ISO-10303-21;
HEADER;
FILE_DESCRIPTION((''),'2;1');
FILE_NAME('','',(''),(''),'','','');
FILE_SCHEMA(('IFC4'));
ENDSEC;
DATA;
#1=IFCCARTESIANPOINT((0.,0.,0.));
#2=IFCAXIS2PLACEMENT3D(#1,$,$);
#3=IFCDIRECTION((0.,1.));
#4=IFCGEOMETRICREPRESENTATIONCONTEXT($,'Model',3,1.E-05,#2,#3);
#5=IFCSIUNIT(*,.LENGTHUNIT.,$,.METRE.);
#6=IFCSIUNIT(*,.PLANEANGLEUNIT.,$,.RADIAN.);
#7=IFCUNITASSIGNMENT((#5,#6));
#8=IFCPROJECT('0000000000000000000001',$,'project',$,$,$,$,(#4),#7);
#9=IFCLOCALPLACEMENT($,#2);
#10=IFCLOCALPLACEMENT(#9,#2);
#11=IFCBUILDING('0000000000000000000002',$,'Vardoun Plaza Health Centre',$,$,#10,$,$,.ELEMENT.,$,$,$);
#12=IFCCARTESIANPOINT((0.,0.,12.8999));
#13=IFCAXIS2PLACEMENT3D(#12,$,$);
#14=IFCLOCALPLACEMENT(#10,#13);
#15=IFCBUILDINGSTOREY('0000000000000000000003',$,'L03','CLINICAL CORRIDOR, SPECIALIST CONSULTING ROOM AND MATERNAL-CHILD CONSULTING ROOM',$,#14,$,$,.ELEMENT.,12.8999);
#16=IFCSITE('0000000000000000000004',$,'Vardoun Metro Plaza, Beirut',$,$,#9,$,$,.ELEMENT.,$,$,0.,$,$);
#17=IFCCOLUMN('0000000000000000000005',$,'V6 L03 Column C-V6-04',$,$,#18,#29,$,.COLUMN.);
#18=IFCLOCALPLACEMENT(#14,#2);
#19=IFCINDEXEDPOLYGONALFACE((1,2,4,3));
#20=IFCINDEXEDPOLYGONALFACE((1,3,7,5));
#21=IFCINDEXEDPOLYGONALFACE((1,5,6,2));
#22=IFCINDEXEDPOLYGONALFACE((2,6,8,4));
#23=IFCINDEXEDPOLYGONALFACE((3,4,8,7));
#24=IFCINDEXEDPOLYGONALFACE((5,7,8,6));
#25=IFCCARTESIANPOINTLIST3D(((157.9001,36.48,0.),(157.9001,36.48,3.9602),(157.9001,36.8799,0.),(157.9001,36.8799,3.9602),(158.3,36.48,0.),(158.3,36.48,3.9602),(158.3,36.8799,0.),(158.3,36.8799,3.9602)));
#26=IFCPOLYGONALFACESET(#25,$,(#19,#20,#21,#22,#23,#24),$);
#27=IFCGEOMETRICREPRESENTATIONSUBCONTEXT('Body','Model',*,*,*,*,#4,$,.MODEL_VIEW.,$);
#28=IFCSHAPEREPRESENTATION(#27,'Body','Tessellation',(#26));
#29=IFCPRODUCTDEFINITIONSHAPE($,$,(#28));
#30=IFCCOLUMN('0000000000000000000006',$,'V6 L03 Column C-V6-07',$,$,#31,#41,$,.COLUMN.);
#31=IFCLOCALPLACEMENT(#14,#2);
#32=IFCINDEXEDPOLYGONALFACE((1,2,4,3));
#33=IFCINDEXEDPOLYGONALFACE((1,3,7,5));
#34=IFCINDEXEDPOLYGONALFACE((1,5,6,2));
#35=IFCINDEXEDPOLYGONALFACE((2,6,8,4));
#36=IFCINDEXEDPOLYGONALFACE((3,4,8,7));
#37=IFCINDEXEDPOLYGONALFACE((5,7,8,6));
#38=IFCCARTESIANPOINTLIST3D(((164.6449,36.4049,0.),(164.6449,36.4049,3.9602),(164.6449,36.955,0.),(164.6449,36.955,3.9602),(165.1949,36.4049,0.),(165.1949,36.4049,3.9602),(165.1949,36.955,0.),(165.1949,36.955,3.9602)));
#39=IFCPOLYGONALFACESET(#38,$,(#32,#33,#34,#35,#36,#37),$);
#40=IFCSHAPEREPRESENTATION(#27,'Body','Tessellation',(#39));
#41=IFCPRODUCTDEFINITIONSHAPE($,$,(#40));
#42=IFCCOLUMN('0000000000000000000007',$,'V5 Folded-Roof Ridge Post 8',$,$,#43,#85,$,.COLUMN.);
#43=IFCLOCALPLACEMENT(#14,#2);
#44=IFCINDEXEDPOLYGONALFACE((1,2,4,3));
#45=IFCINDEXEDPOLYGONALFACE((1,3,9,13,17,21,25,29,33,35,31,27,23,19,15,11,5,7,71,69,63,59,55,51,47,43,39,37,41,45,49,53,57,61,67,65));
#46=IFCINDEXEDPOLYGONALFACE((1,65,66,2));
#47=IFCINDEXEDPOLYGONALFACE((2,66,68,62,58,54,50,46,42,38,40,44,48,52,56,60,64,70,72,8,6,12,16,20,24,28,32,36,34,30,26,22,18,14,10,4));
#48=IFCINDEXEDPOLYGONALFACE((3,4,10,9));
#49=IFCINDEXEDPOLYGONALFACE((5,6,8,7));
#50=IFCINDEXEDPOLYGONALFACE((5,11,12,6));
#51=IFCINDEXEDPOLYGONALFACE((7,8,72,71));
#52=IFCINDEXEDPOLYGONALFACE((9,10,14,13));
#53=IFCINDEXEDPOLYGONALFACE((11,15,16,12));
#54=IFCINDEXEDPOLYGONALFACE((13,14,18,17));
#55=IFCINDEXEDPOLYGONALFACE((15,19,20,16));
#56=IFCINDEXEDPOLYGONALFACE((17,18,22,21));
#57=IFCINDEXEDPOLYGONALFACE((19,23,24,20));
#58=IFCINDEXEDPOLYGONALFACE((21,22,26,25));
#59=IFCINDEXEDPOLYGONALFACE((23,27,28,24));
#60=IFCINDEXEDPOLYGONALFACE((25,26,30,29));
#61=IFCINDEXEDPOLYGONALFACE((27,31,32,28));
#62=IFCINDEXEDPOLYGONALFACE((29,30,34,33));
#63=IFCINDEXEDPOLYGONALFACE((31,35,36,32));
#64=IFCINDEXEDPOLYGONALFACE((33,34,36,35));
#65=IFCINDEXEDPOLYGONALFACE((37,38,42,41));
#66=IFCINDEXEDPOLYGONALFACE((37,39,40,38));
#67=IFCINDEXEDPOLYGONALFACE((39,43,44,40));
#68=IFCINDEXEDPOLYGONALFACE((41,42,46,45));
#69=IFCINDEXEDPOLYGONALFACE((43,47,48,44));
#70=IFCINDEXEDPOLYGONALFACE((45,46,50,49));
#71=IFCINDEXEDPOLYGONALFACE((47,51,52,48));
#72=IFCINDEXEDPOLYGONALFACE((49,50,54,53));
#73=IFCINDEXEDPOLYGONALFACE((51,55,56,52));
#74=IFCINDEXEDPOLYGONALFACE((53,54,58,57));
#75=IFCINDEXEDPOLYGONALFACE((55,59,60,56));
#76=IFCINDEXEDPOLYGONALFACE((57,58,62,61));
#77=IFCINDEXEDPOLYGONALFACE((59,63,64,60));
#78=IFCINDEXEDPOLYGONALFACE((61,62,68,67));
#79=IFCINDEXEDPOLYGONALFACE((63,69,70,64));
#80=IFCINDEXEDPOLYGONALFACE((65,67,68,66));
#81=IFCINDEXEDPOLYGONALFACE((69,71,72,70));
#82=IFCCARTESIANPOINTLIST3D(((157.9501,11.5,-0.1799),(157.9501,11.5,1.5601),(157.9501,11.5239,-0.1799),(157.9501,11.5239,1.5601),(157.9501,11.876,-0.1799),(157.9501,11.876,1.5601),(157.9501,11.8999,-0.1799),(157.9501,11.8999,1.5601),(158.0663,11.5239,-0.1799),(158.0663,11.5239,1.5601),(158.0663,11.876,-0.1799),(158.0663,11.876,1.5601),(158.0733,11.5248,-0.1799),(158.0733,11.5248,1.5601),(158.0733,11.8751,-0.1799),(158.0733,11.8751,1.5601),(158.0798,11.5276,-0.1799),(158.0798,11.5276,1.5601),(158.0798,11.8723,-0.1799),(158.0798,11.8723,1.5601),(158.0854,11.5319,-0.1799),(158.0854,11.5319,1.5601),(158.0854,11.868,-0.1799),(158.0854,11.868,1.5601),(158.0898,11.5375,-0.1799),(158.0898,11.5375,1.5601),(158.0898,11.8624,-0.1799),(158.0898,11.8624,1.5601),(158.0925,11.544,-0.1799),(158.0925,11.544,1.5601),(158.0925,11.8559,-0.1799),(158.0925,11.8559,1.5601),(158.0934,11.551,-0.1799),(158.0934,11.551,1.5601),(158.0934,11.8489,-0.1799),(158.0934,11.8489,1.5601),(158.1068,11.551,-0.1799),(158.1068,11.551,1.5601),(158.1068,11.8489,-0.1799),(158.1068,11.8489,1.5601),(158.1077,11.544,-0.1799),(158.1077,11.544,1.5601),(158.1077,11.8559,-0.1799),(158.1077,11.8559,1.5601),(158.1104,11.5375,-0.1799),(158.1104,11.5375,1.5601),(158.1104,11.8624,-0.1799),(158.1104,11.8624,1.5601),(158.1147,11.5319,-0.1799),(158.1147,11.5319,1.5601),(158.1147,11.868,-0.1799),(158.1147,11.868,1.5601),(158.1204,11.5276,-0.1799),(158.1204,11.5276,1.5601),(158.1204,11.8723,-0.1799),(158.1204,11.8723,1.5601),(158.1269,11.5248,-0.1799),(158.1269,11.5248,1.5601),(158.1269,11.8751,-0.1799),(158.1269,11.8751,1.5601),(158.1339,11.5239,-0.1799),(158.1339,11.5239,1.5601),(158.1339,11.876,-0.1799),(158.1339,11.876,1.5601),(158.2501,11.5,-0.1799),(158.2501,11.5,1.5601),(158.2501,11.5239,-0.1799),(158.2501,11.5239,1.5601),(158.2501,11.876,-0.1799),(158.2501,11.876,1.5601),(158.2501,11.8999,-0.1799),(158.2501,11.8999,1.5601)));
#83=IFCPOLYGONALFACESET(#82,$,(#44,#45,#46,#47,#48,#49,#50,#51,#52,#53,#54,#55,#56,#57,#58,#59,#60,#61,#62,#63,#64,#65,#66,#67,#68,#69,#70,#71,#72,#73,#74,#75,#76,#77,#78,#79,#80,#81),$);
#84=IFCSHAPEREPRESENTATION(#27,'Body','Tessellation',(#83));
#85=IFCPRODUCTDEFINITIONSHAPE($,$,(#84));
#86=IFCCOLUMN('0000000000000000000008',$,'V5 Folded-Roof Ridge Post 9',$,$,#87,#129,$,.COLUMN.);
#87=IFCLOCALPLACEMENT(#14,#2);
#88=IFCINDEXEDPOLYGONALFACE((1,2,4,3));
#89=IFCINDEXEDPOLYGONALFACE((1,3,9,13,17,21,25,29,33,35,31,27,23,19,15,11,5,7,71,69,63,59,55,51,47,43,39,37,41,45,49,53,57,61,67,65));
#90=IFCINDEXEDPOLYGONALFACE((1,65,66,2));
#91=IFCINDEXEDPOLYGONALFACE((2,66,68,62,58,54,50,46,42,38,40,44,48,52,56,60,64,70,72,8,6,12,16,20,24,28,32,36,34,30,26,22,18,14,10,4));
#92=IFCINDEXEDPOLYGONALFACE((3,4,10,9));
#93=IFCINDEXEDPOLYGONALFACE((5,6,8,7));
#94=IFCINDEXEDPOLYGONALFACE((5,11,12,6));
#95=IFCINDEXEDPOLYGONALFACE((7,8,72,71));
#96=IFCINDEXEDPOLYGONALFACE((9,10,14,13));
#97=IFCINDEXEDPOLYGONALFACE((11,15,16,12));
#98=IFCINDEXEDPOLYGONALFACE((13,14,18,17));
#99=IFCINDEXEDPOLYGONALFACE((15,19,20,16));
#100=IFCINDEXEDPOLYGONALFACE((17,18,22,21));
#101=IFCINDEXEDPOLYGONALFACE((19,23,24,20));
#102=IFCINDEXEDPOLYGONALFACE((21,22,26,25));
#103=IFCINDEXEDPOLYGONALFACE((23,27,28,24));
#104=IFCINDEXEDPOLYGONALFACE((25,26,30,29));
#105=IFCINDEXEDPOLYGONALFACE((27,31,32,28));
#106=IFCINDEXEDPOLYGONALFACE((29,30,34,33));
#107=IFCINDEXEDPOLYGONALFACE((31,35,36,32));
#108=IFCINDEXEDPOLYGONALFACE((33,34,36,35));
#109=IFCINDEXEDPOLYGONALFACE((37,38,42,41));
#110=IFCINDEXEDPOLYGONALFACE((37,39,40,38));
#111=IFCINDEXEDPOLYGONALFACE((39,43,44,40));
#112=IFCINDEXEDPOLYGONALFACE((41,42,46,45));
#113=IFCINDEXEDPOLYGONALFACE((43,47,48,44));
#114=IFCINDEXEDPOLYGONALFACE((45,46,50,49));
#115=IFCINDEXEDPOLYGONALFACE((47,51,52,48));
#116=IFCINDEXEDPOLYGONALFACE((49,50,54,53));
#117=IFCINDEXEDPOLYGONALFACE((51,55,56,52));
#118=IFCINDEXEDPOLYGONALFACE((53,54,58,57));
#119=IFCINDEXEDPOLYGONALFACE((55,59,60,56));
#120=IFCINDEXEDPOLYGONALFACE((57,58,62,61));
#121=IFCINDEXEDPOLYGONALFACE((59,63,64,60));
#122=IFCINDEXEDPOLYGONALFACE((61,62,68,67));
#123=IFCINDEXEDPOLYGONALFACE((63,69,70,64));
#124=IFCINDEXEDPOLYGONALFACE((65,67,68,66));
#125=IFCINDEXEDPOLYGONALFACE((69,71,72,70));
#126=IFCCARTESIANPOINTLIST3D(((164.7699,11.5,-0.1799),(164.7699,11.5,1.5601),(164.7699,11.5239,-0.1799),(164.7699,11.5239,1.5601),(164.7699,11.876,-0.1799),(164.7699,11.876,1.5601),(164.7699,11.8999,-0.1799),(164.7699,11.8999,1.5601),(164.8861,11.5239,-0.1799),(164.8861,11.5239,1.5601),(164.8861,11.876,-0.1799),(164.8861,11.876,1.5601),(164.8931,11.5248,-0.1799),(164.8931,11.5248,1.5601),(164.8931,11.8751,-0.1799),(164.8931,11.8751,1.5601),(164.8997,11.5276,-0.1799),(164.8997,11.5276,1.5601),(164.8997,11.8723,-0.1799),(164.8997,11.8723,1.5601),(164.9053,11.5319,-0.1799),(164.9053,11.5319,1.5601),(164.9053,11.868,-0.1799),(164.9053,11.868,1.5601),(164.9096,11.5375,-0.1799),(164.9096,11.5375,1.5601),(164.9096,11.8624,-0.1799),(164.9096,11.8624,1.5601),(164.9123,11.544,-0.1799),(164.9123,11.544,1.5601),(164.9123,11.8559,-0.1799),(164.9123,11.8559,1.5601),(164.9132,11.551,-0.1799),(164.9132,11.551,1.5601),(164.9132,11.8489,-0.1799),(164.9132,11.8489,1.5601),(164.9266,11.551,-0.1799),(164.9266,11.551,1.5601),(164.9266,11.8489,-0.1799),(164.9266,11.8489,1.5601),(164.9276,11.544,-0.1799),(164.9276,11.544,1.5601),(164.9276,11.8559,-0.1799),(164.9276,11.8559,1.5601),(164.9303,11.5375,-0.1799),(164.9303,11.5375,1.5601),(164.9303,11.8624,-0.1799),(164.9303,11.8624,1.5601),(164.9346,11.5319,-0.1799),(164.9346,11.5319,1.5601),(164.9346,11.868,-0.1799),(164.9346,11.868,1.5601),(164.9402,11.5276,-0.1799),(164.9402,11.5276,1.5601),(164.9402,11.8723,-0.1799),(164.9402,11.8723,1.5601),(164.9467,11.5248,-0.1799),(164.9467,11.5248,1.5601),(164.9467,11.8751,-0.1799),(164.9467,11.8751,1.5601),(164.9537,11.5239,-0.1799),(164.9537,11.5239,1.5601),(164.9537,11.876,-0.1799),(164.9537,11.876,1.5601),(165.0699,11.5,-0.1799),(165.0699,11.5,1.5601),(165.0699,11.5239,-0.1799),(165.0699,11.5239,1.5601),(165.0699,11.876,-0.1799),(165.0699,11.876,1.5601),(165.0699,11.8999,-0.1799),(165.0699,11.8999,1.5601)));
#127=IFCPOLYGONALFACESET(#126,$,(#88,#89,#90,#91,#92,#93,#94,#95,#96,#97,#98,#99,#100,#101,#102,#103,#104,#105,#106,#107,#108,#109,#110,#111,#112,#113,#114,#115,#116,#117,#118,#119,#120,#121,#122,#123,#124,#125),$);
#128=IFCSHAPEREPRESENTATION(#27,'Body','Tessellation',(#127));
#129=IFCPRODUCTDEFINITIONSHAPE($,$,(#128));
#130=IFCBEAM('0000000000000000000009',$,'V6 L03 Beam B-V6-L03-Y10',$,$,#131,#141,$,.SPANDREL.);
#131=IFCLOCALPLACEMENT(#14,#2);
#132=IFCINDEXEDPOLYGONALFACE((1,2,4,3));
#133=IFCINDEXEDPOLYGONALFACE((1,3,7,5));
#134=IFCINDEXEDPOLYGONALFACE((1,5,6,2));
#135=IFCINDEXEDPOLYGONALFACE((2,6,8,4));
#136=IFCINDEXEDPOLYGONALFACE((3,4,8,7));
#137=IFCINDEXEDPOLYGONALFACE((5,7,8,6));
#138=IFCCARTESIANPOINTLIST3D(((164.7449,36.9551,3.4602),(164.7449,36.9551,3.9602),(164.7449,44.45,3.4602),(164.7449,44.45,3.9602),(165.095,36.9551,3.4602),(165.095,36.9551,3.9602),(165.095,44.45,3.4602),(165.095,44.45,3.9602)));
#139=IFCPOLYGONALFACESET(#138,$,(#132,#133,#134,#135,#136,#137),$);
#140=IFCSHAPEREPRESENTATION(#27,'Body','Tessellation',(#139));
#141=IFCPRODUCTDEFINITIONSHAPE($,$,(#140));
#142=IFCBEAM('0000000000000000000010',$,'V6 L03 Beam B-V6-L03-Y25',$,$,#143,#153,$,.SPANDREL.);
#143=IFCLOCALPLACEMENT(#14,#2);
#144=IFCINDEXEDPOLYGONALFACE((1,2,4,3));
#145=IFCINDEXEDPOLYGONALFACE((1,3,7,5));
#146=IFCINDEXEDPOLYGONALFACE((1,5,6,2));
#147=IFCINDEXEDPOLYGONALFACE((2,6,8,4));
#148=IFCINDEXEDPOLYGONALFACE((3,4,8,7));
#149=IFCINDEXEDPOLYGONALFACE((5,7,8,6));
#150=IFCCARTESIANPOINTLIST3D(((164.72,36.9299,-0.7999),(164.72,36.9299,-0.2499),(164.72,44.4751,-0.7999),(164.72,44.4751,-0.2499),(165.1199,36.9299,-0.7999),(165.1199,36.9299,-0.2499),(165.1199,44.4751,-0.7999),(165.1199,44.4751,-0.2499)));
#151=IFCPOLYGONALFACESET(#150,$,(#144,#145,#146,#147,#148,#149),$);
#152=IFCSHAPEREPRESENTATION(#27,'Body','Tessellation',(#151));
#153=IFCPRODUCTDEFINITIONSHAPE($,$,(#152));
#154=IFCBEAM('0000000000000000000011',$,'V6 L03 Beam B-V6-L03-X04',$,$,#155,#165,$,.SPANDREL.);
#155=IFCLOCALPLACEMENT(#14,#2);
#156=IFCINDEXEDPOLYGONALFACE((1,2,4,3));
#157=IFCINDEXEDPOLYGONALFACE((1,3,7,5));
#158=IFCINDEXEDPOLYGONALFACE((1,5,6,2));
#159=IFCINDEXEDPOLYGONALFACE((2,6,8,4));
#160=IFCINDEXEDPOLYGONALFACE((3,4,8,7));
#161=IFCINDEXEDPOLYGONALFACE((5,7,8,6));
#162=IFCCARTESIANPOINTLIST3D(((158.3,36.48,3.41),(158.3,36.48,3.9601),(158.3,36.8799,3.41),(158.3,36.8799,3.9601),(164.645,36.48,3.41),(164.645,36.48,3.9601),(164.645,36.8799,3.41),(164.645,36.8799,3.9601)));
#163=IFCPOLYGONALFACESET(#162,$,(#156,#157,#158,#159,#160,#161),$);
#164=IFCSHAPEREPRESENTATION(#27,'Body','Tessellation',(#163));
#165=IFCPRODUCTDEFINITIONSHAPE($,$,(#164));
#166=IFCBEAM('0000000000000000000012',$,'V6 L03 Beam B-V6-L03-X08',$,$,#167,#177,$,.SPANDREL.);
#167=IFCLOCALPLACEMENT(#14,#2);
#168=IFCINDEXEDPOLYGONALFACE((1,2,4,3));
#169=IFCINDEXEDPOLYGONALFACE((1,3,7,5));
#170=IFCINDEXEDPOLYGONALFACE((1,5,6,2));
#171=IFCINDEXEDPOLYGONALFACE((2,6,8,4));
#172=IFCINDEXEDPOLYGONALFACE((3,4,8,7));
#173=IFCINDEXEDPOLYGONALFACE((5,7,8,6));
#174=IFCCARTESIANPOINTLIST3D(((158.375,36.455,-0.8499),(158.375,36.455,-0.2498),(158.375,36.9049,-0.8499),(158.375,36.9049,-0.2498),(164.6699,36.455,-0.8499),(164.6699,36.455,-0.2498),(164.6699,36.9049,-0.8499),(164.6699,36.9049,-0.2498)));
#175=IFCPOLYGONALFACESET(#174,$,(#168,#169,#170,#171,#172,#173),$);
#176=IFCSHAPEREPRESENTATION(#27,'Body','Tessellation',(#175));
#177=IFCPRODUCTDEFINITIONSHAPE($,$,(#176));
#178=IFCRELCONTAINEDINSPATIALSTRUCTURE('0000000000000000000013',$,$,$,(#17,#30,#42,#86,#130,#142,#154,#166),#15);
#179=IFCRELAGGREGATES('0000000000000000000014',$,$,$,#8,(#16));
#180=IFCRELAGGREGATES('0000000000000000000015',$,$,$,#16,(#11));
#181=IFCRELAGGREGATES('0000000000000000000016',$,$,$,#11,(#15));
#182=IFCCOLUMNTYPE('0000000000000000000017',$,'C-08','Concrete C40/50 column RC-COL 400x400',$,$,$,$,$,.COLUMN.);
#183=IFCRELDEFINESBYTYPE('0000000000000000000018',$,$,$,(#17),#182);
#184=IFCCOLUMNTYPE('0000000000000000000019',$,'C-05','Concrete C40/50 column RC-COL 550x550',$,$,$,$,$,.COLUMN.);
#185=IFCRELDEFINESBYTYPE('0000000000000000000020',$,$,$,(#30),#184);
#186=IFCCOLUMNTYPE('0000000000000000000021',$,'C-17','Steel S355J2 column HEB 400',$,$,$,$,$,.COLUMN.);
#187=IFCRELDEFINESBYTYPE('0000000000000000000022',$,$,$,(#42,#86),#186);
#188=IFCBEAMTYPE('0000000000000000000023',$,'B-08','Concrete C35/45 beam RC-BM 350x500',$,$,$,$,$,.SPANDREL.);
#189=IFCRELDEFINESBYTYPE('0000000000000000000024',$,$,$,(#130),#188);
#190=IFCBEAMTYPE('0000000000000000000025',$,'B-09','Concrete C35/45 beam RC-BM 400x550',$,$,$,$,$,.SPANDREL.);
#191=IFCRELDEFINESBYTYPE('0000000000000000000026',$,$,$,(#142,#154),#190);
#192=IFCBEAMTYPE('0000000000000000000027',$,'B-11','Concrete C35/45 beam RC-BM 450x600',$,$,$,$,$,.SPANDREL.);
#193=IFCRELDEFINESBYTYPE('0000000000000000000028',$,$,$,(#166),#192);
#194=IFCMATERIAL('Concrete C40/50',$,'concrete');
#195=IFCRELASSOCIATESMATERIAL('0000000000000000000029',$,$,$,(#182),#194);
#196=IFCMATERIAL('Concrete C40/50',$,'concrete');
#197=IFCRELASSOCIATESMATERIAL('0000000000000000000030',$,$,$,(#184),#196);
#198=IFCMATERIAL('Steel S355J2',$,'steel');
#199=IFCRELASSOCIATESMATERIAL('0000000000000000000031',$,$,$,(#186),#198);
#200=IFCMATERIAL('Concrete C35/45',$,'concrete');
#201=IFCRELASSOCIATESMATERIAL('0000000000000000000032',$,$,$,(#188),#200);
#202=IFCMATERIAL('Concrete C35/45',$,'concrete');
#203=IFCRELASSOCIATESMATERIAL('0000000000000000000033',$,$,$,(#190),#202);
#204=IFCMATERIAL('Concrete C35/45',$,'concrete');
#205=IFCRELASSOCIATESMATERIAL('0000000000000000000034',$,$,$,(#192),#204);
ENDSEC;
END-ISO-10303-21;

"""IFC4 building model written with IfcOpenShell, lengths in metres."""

from ifc_helpers import new_model, si_unit, direction, frame, origin, origin_2d, place, context, subcontext, project, spatial, rectangle, i_section, extrude, material, material_profile, profile_set, type_object, element, save


model = new_model("IFC4")

# Units and contexts
model_context = context("Model", 3, precision=1e-05, world=origin(), true_north=direction((0.0, 1.0)))
body_context = subcontext(model_context, "Body", "Model", "MODEL_VIEW")
ifc_project = project(units=[si_unit("LENGTHUNIT", "METRE"), si_unit("PLANEANGLEUNIT", "RADIAN")], contexts=[model_context])

# Site, building, storey
site_placement = place(None, origin())
site = spatial("IfcSite", under=ifc_project, at=site_placement, Name="Vardoun Metro Plaza, Beirut", CompositionType="ELEMENT", RefElevation=0.0)
building_placement = place(site_placement, origin())
building = spatial("IfcBuilding", under=site, at=building_placement, Name="Vardoun Plaza Health Centre", CompositionType="ELEMENT")
storey_placement = place(building_placement, frame((0.0, 0.0, 12.8999)))
storey = spatial("IfcBuildingStorey", under=building, at=storey_placement, Name="L03", Description="CLINICAL CORRIDOR, SPECIALIST CONSULTING ROOM AND MATERNAL-CHILD CONSULTING ROOM", CompositionType="ELEMENT", Elevation=12.8999)

# Columns
ifc_material_1 = material(Name="Concrete C40/50", Category="concrete")
ifc_material_profile_1 = material_profile(ifc_material_1, rectangle(XDim=0.3999, YDim=0.3999, at=origin_2d()), Name="RC-COL 400x400")
ifc_profile_set_1 = profile_set([ifc_material_profile_1], Name="Concrete C40/50")
column_type_1 = type_object("IfcColumnType", Name="C-08", Description="Concrete C40/50 column RC-COL 400x400", PredefinedType="COLUMN", material=ifc_profile_set_1)
column_1_placement = place(storey_placement, frame((158.1001, 36.6799, 0.0), z_axis=(0.0, 0.0, 1.0), x_axis=(1.0, 0.0, 0.0)))
element("IfcColumn", 1, at=column_1_placement, inside=storey, type_object=column_type_1, Name="V6 L03 Column C-V6-04", PredefinedType="COLUMN", context=body_context, shape_type="SweptSolid", body=[
    extrude(rectangle(XDim=0.3999, YDim=0.3999, at=origin_2d()), origin(), (0.0, 0.0, 1.0), 3.9602),
])
ifc_material_2 = material(Name="Concrete C40/50", Category="concrete")
ifc_material_profile_2 = material_profile(ifc_material_2, rectangle(XDim=0.55, YDim=0.55, at=origin_2d()), Name="RC-COL 550x550")
ifc_profile_set_2 = profile_set([ifc_material_profile_2], Name="Concrete C40/50")
column_type_2 = type_object("IfcColumnType", Name="C-05", Description="Concrete C40/50 column RC-COL 550x550", PredefinedType="COLUMN", material=ifc_profile_set_2)
column_2_placement = place(storey_placement, frame((164.9199, 36.6799, 0.0), z_axis=(0.0, 0.0, 1.0), x_axis=(1.0, 0.0, 0.0)))
element("IfcColumn", 2, at=column_2_placement, inside=storey, type_object=column_type_2, Name="V6 L03 Column C-V6-07", PredefinedType="COLUMN", context=body_context, shape_type="SweptSolid", body=[
    extrude(rectangle(XDim=0.55, YDim=0.55, at=origin_2d()), origin(), (0.0, 0.0, 1.0), 3.9602),
])
ifc_material_3 = material(Name="Steel S355J2", Category="steel")
ifc_material_profile_3 = material_profile(ifc_material_3, i_section(OverallWidth=0.3, OverallDepth=0.3999, WebThickness=0.0134, FlangeThickness=0.0239, FilletRadius=0.0271, at=origin_2d()), Name="HEB 400")
ifc_profile_set_3 = profile_set([ifc_material_profile_3], Name="Steel S355J2")
column_type_3 = type_object("IfcColumnType", Name="C-17", Description="Steel S355J2 column HEB 400", PredefinedType="COLUMN", material=ifc_profile_set_3)
for number, where, z_axis, x_axis, name in (
    (3, (158.1001, 11.7, -0.1799), (0.0, 0.0, 1.0), (1.0, 0.0, 0.0), "V5 Folded-Roof Ridge Post 8"),
    (4, (164.9199, 11.7, -0.1799), (0.0, 0.0, 1.0), (1.0, 0.0, 0.0), "V5 Folded-Roof Ridge Post 9"),
):
    element("IfcColumn", number, at=place(storey_placement, frame(where, z_axis=z_axis, x_axis=x_axis)), inside=storey, type_object=column_type_3, Name=name, PredefinedType="COLUMN", context=body_context, shape_type="SweptSolid", body=[
        extrude(i_section(OverallWidth=0.3, OverallDepth=0.3999, WebThickness=0.0134, FlangeThickness=0.0239, FilletRadius=0.0271, at=origin_2d()), origin(), (0.0, 0.0, 1.0), 1.74),
    ])

# Beams
ifc_material_4 = material(Name="Concrete C35/45", Category="concrete")
ifc_material_profile_4 = material_profile(ifc_material_4, rectangle(XDim=0.3501, YDim=0.5, at=origin_2d()), Name="RC-BM 350x500")
ifc_profile_set_4 = profile_set([ifc_material_profile_4], Name="Concrete C35/45")
beam_type_1 = type_object("IfcBeamType", Name="B-08", Description="Concrete C35/45 beam RC-BM 350x500", PredefinedType="SPANDREL", material=ifc_profile_set_4)
beam_1_placement = place(storey_placement, frame((164.9199, 36.9551, 3.7102), z_axis=(0.0, 1.0, 0.0), x_axis=(-1.0, 0.0, 0.0)))
element("IfcBeam", 5, at=beam_1_placement, inside=storey, type_object=beam_type_1, Name="V6 L03 Beam B-V6-L03-Y10", PredefinedType="SPANDREL", context=body_context, shape_type="SweptSolid", body=[
    extrude(rectangle(XDim=0.3501, YDim=0.5, at=origin_2d()), origin(), (0.0, 0.0, 1.0), 7.4949),
])
ifc_material_5 = material(Name="Concrete C35/45", Category="concrete")
ifc_material_profile_5 = material_profile(ifc_material_5, rectangle(XDim=0.3999, YDim=0.55, at=origin_2d()), Name="RC-BM 400x550")
ifc_profile_set_5 = profile_set([ifc_material_profile_5], Name="Concrete C35/45")
beam_type_2 = type_object("IfcBeamType", Name="B-09", Description="Concrete C35/45 beam RC-BM 400x550", PredefinedType="SPANDREL", material=ifc_profile_set_5)
beam_2_placement = place(storey_placement, frame((164.9199, 36.9299, -0.5249), z_axis=(0.0, 1.0, 0.0), x_axis=(-1.0, 0.0, 0.0)))
element("IfcBeam", 6, at=beam_2_placement, inside=storey, type_object=beam_type_2, Name="V6 L03 Beam B-V6-L03-Y25", PredefinedType="SPANDREL", context=body_context, shape_type="SweptSolid", body=[
    extrude(rectangle(XDim=0.3999, YDim=0.55, at=origin_2d()), origin(), (0.0, 0.0, 1.0), 7.5452),
])
beam_3_placement = place(storey_placement, frame((158.3, 36.6799, 3.6851), z_axis=(1.0, 0.0, 0.0), x_axis=(0.0, 1.0, 0.0)))
element("IfcBeam", 7, at=beam_3_placement, inside=storey, type_object=beam_type_2, Name="V6 L03 Beam B-V6-L03-X04", PredefinedType="SPANDREL", context=body_context, shape_type="SweptSolid", body=[
    extrude(rectangle(XDim=0.3999, YDim=0.55, at=origin_2d()), origin(), (0.0, 0.0, 1.0), 6.345),
])
ifc_material_6 = material(Name="Concrete C35/45", Category="concrete")
ifc_material_profile_6 = material_profile(ifc_material_6, rectangle(XDim=0.45, YDim=0.6001, at=origin_2d()), Name="RC-BM 450x600")
ifc_profile_set_6 = profile_set([ifc_material_profile_6], Name="Concrete C35/45")
beam_type_3 = type_object("IfcBeamType", Name="B-11", Description="Concrete C35/45 beam RC-BM 450x600", PredefinedType="SPANDREL", material=ifc_profile_set_6)
beam_4_placement = place(storey_placement, frame((158.375, 36.6799, -0.5498), z_axis=(1.0, 0.0, 0.0), x_axis=(0.0, 1.0, 0.0)))
element("IfcBeam", 8, at=beam_4_placement, inside=storey, type_object=beam_type_3, Name="V6 L03 Beam B-V6-L03-X08", PredefinedType="SPANDREL", context=body_context, shape_type="SweptSolid", body=[
    extrude(rectangle(XDim=0.45, YDim=0.6001, at=origin_2d()), origin(), (0.0, 0.0, 1.0), 6.2949),
])

save(model, "model.ifc")
